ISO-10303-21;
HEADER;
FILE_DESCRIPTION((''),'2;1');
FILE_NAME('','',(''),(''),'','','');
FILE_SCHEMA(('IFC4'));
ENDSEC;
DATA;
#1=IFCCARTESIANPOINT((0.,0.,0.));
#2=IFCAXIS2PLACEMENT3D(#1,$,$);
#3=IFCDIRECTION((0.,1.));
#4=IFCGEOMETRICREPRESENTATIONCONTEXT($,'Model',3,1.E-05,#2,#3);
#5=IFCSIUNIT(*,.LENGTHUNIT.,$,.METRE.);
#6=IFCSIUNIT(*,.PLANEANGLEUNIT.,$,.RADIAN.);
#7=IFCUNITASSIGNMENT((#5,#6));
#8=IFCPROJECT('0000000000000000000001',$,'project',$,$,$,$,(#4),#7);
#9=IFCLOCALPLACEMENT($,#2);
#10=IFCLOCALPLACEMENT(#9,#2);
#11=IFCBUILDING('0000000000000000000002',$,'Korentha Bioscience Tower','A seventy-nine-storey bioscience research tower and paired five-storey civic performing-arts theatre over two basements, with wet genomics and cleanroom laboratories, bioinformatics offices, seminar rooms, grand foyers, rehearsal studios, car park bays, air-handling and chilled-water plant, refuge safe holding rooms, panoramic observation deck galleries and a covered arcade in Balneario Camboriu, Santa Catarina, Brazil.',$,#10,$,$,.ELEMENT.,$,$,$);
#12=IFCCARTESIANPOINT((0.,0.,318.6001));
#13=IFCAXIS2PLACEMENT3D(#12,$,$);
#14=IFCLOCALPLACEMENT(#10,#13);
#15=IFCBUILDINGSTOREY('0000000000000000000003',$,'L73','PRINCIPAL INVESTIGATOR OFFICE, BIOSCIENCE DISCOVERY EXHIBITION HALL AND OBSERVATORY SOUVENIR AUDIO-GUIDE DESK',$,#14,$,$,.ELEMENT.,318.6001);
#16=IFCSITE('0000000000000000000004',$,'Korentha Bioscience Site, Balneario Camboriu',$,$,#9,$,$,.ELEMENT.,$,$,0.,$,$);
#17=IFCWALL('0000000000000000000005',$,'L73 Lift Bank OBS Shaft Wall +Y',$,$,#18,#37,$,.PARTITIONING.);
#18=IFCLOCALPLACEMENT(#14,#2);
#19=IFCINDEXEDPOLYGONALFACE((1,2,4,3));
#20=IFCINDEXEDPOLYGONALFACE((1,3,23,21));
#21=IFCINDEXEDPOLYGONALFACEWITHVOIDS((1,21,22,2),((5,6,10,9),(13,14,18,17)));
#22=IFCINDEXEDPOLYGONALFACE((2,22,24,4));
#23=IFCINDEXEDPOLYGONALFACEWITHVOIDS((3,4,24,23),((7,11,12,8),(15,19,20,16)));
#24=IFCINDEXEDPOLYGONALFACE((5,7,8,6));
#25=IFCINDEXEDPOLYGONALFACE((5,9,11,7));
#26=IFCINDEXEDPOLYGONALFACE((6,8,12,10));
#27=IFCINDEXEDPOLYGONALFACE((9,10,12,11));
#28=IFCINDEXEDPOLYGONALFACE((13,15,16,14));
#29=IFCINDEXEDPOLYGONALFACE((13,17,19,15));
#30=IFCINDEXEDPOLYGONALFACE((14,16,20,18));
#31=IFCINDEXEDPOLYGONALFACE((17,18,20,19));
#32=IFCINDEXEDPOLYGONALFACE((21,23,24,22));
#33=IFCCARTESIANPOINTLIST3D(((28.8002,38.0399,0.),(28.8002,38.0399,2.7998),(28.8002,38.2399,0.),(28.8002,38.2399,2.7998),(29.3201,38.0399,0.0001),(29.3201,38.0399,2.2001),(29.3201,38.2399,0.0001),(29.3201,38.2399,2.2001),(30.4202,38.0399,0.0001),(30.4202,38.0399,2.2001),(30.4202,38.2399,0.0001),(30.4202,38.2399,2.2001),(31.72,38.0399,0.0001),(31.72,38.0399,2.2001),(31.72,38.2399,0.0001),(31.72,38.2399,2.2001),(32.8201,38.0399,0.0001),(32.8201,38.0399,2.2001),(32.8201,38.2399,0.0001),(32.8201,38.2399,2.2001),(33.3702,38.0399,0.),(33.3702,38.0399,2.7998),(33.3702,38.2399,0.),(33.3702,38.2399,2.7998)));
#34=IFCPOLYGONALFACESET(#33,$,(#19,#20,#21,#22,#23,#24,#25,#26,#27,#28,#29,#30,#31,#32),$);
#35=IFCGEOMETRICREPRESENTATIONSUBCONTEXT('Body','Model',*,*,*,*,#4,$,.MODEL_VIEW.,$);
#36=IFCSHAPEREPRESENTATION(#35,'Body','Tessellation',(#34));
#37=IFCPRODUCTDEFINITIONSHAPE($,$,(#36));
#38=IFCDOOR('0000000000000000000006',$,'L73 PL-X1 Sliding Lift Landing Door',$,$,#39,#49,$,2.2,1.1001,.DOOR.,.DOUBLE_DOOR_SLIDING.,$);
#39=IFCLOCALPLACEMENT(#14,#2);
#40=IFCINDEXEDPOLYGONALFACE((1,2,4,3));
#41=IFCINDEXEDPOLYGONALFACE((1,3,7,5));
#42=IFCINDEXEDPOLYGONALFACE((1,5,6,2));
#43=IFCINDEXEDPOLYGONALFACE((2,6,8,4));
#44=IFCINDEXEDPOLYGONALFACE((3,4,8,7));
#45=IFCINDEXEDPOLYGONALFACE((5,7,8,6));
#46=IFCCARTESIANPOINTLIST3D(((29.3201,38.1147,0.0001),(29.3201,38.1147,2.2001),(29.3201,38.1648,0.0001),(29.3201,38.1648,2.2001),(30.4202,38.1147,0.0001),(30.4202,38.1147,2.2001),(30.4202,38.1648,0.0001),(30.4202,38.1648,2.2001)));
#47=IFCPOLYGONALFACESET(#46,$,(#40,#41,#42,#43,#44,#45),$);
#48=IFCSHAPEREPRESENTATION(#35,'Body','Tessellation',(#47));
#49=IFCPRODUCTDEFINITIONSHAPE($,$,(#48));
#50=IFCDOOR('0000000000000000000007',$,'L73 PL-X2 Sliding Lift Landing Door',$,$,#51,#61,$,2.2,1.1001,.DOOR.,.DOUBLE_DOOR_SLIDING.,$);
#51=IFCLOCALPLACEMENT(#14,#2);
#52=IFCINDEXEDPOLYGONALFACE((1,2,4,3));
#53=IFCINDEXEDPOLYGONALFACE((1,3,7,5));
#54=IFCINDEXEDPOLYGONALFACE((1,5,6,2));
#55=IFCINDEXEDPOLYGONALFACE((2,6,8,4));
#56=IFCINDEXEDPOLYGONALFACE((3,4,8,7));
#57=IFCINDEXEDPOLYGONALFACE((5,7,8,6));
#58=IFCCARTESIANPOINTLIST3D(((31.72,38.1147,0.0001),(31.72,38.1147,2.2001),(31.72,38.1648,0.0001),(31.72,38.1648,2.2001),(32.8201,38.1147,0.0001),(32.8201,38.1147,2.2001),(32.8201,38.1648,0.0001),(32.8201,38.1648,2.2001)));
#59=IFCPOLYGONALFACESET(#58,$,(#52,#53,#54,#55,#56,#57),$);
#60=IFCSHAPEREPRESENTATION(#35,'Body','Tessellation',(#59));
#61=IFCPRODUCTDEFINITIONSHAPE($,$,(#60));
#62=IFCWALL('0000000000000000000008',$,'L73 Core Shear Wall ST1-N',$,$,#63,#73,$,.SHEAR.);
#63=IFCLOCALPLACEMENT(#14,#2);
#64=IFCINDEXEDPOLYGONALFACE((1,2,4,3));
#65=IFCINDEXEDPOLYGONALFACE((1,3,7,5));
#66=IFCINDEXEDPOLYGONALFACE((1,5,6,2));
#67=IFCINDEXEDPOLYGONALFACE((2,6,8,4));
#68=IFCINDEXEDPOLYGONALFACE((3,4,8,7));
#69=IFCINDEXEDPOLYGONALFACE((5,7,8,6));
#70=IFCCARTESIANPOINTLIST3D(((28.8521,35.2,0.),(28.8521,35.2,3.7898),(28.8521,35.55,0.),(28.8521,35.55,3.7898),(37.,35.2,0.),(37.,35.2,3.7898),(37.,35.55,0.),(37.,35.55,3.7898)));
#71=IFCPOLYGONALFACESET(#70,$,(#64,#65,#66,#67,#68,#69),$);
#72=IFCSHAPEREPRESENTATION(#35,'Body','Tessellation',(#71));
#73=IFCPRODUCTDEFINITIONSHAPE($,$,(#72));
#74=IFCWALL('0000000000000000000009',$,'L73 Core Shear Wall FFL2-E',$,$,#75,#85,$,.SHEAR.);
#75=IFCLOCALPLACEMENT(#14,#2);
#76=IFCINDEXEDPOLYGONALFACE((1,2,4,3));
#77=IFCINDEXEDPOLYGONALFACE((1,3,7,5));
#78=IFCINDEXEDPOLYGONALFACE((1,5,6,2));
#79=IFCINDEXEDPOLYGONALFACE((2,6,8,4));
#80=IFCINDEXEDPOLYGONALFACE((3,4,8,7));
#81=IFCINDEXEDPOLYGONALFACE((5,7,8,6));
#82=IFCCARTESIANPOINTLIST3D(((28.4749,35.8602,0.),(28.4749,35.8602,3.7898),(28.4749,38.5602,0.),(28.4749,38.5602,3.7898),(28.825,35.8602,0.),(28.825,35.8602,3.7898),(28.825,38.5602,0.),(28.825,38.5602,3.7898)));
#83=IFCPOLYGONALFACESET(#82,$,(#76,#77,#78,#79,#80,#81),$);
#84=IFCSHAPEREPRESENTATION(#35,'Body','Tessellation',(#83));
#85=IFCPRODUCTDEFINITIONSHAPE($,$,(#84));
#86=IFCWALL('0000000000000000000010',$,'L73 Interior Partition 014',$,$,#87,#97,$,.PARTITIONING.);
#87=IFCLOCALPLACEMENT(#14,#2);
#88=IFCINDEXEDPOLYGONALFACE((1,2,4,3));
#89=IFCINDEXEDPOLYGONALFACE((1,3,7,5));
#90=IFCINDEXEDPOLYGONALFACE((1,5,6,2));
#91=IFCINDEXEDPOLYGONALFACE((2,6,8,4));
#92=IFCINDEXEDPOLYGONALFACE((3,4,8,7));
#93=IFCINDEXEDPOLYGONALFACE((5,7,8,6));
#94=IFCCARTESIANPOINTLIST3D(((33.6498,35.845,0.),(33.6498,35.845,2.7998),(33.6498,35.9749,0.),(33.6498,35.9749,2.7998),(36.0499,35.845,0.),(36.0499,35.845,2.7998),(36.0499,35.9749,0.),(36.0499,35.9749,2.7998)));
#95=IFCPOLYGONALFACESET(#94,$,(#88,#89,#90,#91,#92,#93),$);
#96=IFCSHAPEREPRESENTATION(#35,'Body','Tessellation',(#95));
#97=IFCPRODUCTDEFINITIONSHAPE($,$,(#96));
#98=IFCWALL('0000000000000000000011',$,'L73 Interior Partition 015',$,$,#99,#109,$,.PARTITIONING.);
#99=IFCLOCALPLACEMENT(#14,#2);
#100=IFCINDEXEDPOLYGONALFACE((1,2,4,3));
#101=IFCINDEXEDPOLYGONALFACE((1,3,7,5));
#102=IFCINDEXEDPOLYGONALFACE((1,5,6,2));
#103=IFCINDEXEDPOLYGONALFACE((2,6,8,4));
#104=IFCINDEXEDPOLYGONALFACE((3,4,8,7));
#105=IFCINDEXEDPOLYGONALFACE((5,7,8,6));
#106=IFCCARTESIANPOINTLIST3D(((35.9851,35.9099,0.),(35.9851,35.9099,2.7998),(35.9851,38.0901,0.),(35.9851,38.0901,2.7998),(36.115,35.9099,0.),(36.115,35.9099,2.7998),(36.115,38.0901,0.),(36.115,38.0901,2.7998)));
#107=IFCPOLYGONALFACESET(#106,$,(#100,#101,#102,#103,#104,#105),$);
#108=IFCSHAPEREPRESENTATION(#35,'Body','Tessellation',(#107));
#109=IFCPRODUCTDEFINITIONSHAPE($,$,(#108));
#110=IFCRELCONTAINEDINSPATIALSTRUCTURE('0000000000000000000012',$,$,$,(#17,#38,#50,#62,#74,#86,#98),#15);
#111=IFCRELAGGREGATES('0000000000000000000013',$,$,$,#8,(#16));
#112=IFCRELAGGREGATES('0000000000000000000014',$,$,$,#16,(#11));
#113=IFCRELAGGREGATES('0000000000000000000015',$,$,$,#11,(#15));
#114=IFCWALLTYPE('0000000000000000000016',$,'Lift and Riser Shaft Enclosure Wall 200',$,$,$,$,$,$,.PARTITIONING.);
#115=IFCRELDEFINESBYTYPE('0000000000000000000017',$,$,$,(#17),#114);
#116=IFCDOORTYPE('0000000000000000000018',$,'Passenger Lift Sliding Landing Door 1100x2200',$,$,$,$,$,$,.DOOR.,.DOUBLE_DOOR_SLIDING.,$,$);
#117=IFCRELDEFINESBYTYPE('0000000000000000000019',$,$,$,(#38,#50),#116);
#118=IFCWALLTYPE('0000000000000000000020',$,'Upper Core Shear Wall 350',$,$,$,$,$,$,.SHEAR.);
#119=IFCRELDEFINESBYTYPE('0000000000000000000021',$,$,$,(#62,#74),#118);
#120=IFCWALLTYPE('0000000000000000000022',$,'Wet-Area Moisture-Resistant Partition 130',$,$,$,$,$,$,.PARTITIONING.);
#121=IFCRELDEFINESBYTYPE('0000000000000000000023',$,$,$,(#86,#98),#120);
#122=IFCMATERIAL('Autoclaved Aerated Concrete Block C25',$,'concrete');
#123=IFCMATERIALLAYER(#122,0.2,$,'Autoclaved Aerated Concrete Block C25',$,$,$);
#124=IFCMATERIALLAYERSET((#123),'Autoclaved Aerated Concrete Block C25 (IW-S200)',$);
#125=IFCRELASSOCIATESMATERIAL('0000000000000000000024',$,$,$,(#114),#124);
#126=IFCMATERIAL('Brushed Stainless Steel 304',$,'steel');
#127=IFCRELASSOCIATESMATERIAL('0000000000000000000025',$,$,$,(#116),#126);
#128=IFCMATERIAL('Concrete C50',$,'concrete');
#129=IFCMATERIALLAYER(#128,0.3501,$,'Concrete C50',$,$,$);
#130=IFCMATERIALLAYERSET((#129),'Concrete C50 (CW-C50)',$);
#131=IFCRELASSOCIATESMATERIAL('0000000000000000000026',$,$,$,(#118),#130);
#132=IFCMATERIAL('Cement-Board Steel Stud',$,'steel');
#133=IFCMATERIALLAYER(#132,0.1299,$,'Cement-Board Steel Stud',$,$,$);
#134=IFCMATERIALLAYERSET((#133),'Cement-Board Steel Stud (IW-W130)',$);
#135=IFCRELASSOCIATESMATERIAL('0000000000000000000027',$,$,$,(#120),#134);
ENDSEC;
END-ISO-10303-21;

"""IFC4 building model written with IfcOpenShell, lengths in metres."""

from ifc_helpers import new_model, si_unit, direction, frame, frame_2d, origin, place, context, subcontext, project, spatial, rectangle, extrude, material, layer, layer_set, type_object, element, fill, save


model = new_model("IFC4")

# Units and contexts
model_context = context("Model", 3, precision=1e-05, world=origin(), true_north=direction((0.0, 1.0)))
body_context = subcontext(model_context, "Body", "Model", "MODEL_VIEW")
ifc_project = project(units=[si_unit("LENGTHUNIT", "METRE"), si_unit("PLANEANGLEUNIT", "RADIAN")], contexts=[model_context])

# Site, building, storey
site_placement = place(None, origin())
site = spatial("IfcSite", under=ifc_project, at=site_placement, Name="Korentha Bioscience Site, Balneario Camboriu", CompositionType="ELEMENT", RefElevation=0.0)
building_placement = place(site_placement, origin())
building = spatial("IfcBuilding", under=site, at=building_placement, Name="Korentha Bioscience Tower", Description="A seventy-nine-storey bioscience research tower and paired five-storey civic performing-arts theatre over two basements, with wet genomics and cleanroom laboratories, bioinformatics offices, seminar rooms, grand foyers, rehearsal studios, car park bays, air-handling and chilled-water plant, refuge safe holding rooms, panoramic observation deck galleries and a covered arcade in Balneario Camboriu, Santa Catarina, Brazil.", CompositionType="ELEMENT")
storey_placement = place(building_placement, frame((0.0, 0.0, 318.6001)))
storey = spatial("IfcBuildingStorey", under=building, at=storey_placement, Name="L73", Description="PRINCIPAL INVESTIGATOR OFFICE, BIOSCIENCE DISCOVERY EXHIBITION HALL AND OBSERVATORY SOUVENIR AUDIO-GUIDE DESK", CompositionType="ELEMENT", Elevation=318.6001)

# Shared definitions
ifc_material_1 = material(Name="Autoclaved Aerated Concrete Block C25", Category="concrete")
ifc_layer_1 = layer(ifc_material_1, 0.2, Name="Autoclaved Aerated Concrete Block C25")
ifc_layer_set_1 = layer_set([ifc_layer_1], Name="Autoclaved Aerated Concrete Block C25 (IW-S200)")
wall_type_1 = type_object("IfcWallType", Name="Lift and Riser Shaft Enclosure Wall 200", PredefinedType="PARTITIONING", material=ifc_layer_set_1)

# Wall, openings, doors
wall_1_placement = place(storey_placement, frame((28.8, 38.1399, 0.0), z_axis=(0.0, 0.0, 1.0), x_axis=(1.0, 0.0, 0.0)))
wall_1 = element("IfcWall", 1, at=wall_1_placement, inside=storey, type_object=wall_type_1, Name="L73 Lift Bank OBS Shaft Wall +Y", PredefinedType="PARTITIONING", context=body_context, shape_type="SweptSolid", body=[
    extrude(rectangle(XDim=4.5701, YDim=0.2, at=frame_2d((2.2852, 0.0))), origin(), (0.0, 0.0, 1.0), 2.7998),
])
opening_1_placement = place(wall_1_placement, frame((0.52, 0.0, 0.0)))
opening_1 = element("IfcOpeningElement", 2, at=opening_1_placement, cuts=wall_1, PredefinedType="OPENING", context=body_context, shape_type="SweptSolid", body=[
    extrude(rectangle(XDim=1.1001, YDim=2.2, at=frame_2d((0.55, 1.1001))), frame((0.0, 0.1147, 0.0), z_axis=(0.0, -1.0, 0.0), x_axis=(1.0, 0.0, 0.0)), (0.0, 0.0, 1.0), 0.2297),
])
opening_2_placement = place(wall_1_placement, frame((2.9199, 0.0, 0.0)))
opening_2 = element("IfcOpeningElement", 3, at=opening_2_placement, cuts=wall_1, PredefinedType="OPENING", context=body_context, shape_type="SweptSolid", body=[
    extrude(rectangle(XDim=1.1001, YDim=2.2, at=frame_2d((0.55, 1.1001))), frame((0.0, 0.1147, 0.0), z_axis=(0.0, -1.0, 0.0), x_axis=(1.0, 0.0, 0.0)), (0.0, 0.0, 1.0), 0.2297),
])
ifc_material_2 = material(Name="Brushed Stainless Steel 304", Category="steel")
door_type_1 = type_object("IfcDoorType", Name="Passenger Lift Sliding Landing Door 1100x2200", OperationType="DOUBLE_DOOR_SLIDING", PredefinedType="DOOR", material=ifc_material_2)
door_1_placement = place(opening_1_placement, origin())
door_1 = element("IfcDoor", 4, at=door_1_placement, inside=storey, type_object=door_type_1, Name="L73 PL-X1 Sliding Lift Landing Door", OperationType="DOUBLE_DOOR_SLIDING", OverallHeight=2.2, OverallWidth=1.1001, PredefinedType="DOOR", context=body_context, shape_type="SweptSolid", body=[
    extrude(rectangle(XDim=1.1001, YDim=2.2, at=frame_2d((0.55, 1.1001))), frame((0.0, 0.0249, 0.0), z_axis=(0.0, -1.0, 0.0), x_axis=(1.0, 0.0, 0.0)), (0.0, 0.0, 1.0), 0.05),
])
fill(opening_1, door_1)
door_2_placement = place(opening_2_placement, origin())
door_2 = element("IfcDoor", 5, at=door_2_placement, inside=storey, type_object=door_type_1, Name="L73 PL-X2 Sliding Lift Landing Door", OperationType="DOUBLE_DOOR_SLIDING", OverallHeight=2.2, OverallWidth=1.1001, PredefinedType="DOOR", context=body_context, shape_type="SweptSolid", body=[
    extrude(rectangle(XDim=1.1001, YDim=2.2, at=frame_2d((0.55, 1.1001))), frame((0.0, 0.0249, 0.0), z_axis=(0.0, -1.0, 0.0), x_axis=(1.0, 0.0, 0.0)), (0.0, 0.0, 1.0), 0.05),
])
fill(opening_2, door_2)

# Walls
ifc_material_3 = material(Name="Concrete C50", Category="concrete")
ifc_layer_2 = layer(ifc_material_3, 0.3501, Name="Concrete C50")
ifc_layer_set_2 = layer_set([ifc_layer_2], Name="Concrete C50 (CW-C50)")
wall_type_2 = type_object("IfcWallType", Name="Upper Core Shear Wall 350", PredefinedType="SHEAR", material=ifc_layer_set_2)
wall_2_placement = place(storey_placement, frame((28.8521, 35.375, 0.0), z_axis=(0.0, 0.0, 1.0), x_axis=(1.0, 0.0, 0.0)))
element("IfcWall", 6, at=wall_2_placement, inside=storey, type_object=wall_type_2, Name="L73 Core Shear Wall ST1-N", PredefinedType="SHEAR", context=body_context, shape_type="SweptSolid", body=[
    extrude(rectangle(XDim=8.1479, YDim=0.3501, at=frame_2d((4.074, 0.0))), origin(), (0.0, 0.0, 1.0), 3.7898),
])
wall_3_placement = place(storey_placement, frame((28.6499, 35.8601, 0.0), z_axis=(0.0, 0.0, 1.0), x_axis=(0.0, 1.0, 0.0)))
element("IfcWall", 7, at=wall_3_placement, inside=storey, type_object=wall_type_2, Name="L73 Core Shear Wall FFL2-E", PredefinedType="SHEAR", context=body_context, shape_type="SweptSolid", body=[
    extrude(rectangle(XDim=2.7, YDim=0.3501, at=frame_2d((1.3501, 0.0))), origin(), (0.0, 0.0, 1.0), 3.7898),
])

# Shared definitions
ifc_material_4 = material(Name="Cement-Board Steel Stud", Category="steel")
ifc_layer_3 = layer(ifc_material_4, 0.1299, Name="Cement-Board Steel Stud")
ifc_layer_set_3 = layer_set([ifc_layer_3], Name="Cement-Board Steel Stud (IW-W130)")
wall_type_3 = type_object("IfcWallType", Name="Wet-Area Moisture-Resistant Partition 130", PredefinedType="PARTITIONING", material=ifc_layer_set_3)

# Walls
wall_4_placement = place(storey_placement, frame((36.05, 35.9099, 0.0), z_axis=(0.0, 0.0, 1.0), x_axis=(-1.0, 0.0, 0.0)))
element("IfcWall", 8, at=wall_4_placement, inside=storey, type_object=wall_type_3, Name="L73 Interior Partition 014", PredefinedType="PARTITIONING", context=body_context, shape_type="SweptSolid", body=[
    extrude(rectangle(XDim=2.4001, YDim=0.1299, at=frame_2d((1.2002, 0.0))), origin(), (0.0, 0.0, 1.0), 2.7998),
])
wall_5_placement = place(storey_placement, frame((36.05, 38.0901, 0.0), z_axis=(0.0, 0.0, 1.0), x_axis=(0.0, -1.0, 0.0)))
element("IfcWall", 9, at=wall_5_placement, inside=storey, type_object=wall_type_3, Name="L73 Interior Partition 015", PredefinedType="PARTITIONING", context=body_context, shape_type="SweptSolid", body=[
    extrude(rectangle(XDim=2.1802, YDim=0.1299, at=frame_2d((1.0901, 0.0))), origin(), (0.0, 0.0, 1.0), 2.7998),
])

save(model, "model.ifc")
